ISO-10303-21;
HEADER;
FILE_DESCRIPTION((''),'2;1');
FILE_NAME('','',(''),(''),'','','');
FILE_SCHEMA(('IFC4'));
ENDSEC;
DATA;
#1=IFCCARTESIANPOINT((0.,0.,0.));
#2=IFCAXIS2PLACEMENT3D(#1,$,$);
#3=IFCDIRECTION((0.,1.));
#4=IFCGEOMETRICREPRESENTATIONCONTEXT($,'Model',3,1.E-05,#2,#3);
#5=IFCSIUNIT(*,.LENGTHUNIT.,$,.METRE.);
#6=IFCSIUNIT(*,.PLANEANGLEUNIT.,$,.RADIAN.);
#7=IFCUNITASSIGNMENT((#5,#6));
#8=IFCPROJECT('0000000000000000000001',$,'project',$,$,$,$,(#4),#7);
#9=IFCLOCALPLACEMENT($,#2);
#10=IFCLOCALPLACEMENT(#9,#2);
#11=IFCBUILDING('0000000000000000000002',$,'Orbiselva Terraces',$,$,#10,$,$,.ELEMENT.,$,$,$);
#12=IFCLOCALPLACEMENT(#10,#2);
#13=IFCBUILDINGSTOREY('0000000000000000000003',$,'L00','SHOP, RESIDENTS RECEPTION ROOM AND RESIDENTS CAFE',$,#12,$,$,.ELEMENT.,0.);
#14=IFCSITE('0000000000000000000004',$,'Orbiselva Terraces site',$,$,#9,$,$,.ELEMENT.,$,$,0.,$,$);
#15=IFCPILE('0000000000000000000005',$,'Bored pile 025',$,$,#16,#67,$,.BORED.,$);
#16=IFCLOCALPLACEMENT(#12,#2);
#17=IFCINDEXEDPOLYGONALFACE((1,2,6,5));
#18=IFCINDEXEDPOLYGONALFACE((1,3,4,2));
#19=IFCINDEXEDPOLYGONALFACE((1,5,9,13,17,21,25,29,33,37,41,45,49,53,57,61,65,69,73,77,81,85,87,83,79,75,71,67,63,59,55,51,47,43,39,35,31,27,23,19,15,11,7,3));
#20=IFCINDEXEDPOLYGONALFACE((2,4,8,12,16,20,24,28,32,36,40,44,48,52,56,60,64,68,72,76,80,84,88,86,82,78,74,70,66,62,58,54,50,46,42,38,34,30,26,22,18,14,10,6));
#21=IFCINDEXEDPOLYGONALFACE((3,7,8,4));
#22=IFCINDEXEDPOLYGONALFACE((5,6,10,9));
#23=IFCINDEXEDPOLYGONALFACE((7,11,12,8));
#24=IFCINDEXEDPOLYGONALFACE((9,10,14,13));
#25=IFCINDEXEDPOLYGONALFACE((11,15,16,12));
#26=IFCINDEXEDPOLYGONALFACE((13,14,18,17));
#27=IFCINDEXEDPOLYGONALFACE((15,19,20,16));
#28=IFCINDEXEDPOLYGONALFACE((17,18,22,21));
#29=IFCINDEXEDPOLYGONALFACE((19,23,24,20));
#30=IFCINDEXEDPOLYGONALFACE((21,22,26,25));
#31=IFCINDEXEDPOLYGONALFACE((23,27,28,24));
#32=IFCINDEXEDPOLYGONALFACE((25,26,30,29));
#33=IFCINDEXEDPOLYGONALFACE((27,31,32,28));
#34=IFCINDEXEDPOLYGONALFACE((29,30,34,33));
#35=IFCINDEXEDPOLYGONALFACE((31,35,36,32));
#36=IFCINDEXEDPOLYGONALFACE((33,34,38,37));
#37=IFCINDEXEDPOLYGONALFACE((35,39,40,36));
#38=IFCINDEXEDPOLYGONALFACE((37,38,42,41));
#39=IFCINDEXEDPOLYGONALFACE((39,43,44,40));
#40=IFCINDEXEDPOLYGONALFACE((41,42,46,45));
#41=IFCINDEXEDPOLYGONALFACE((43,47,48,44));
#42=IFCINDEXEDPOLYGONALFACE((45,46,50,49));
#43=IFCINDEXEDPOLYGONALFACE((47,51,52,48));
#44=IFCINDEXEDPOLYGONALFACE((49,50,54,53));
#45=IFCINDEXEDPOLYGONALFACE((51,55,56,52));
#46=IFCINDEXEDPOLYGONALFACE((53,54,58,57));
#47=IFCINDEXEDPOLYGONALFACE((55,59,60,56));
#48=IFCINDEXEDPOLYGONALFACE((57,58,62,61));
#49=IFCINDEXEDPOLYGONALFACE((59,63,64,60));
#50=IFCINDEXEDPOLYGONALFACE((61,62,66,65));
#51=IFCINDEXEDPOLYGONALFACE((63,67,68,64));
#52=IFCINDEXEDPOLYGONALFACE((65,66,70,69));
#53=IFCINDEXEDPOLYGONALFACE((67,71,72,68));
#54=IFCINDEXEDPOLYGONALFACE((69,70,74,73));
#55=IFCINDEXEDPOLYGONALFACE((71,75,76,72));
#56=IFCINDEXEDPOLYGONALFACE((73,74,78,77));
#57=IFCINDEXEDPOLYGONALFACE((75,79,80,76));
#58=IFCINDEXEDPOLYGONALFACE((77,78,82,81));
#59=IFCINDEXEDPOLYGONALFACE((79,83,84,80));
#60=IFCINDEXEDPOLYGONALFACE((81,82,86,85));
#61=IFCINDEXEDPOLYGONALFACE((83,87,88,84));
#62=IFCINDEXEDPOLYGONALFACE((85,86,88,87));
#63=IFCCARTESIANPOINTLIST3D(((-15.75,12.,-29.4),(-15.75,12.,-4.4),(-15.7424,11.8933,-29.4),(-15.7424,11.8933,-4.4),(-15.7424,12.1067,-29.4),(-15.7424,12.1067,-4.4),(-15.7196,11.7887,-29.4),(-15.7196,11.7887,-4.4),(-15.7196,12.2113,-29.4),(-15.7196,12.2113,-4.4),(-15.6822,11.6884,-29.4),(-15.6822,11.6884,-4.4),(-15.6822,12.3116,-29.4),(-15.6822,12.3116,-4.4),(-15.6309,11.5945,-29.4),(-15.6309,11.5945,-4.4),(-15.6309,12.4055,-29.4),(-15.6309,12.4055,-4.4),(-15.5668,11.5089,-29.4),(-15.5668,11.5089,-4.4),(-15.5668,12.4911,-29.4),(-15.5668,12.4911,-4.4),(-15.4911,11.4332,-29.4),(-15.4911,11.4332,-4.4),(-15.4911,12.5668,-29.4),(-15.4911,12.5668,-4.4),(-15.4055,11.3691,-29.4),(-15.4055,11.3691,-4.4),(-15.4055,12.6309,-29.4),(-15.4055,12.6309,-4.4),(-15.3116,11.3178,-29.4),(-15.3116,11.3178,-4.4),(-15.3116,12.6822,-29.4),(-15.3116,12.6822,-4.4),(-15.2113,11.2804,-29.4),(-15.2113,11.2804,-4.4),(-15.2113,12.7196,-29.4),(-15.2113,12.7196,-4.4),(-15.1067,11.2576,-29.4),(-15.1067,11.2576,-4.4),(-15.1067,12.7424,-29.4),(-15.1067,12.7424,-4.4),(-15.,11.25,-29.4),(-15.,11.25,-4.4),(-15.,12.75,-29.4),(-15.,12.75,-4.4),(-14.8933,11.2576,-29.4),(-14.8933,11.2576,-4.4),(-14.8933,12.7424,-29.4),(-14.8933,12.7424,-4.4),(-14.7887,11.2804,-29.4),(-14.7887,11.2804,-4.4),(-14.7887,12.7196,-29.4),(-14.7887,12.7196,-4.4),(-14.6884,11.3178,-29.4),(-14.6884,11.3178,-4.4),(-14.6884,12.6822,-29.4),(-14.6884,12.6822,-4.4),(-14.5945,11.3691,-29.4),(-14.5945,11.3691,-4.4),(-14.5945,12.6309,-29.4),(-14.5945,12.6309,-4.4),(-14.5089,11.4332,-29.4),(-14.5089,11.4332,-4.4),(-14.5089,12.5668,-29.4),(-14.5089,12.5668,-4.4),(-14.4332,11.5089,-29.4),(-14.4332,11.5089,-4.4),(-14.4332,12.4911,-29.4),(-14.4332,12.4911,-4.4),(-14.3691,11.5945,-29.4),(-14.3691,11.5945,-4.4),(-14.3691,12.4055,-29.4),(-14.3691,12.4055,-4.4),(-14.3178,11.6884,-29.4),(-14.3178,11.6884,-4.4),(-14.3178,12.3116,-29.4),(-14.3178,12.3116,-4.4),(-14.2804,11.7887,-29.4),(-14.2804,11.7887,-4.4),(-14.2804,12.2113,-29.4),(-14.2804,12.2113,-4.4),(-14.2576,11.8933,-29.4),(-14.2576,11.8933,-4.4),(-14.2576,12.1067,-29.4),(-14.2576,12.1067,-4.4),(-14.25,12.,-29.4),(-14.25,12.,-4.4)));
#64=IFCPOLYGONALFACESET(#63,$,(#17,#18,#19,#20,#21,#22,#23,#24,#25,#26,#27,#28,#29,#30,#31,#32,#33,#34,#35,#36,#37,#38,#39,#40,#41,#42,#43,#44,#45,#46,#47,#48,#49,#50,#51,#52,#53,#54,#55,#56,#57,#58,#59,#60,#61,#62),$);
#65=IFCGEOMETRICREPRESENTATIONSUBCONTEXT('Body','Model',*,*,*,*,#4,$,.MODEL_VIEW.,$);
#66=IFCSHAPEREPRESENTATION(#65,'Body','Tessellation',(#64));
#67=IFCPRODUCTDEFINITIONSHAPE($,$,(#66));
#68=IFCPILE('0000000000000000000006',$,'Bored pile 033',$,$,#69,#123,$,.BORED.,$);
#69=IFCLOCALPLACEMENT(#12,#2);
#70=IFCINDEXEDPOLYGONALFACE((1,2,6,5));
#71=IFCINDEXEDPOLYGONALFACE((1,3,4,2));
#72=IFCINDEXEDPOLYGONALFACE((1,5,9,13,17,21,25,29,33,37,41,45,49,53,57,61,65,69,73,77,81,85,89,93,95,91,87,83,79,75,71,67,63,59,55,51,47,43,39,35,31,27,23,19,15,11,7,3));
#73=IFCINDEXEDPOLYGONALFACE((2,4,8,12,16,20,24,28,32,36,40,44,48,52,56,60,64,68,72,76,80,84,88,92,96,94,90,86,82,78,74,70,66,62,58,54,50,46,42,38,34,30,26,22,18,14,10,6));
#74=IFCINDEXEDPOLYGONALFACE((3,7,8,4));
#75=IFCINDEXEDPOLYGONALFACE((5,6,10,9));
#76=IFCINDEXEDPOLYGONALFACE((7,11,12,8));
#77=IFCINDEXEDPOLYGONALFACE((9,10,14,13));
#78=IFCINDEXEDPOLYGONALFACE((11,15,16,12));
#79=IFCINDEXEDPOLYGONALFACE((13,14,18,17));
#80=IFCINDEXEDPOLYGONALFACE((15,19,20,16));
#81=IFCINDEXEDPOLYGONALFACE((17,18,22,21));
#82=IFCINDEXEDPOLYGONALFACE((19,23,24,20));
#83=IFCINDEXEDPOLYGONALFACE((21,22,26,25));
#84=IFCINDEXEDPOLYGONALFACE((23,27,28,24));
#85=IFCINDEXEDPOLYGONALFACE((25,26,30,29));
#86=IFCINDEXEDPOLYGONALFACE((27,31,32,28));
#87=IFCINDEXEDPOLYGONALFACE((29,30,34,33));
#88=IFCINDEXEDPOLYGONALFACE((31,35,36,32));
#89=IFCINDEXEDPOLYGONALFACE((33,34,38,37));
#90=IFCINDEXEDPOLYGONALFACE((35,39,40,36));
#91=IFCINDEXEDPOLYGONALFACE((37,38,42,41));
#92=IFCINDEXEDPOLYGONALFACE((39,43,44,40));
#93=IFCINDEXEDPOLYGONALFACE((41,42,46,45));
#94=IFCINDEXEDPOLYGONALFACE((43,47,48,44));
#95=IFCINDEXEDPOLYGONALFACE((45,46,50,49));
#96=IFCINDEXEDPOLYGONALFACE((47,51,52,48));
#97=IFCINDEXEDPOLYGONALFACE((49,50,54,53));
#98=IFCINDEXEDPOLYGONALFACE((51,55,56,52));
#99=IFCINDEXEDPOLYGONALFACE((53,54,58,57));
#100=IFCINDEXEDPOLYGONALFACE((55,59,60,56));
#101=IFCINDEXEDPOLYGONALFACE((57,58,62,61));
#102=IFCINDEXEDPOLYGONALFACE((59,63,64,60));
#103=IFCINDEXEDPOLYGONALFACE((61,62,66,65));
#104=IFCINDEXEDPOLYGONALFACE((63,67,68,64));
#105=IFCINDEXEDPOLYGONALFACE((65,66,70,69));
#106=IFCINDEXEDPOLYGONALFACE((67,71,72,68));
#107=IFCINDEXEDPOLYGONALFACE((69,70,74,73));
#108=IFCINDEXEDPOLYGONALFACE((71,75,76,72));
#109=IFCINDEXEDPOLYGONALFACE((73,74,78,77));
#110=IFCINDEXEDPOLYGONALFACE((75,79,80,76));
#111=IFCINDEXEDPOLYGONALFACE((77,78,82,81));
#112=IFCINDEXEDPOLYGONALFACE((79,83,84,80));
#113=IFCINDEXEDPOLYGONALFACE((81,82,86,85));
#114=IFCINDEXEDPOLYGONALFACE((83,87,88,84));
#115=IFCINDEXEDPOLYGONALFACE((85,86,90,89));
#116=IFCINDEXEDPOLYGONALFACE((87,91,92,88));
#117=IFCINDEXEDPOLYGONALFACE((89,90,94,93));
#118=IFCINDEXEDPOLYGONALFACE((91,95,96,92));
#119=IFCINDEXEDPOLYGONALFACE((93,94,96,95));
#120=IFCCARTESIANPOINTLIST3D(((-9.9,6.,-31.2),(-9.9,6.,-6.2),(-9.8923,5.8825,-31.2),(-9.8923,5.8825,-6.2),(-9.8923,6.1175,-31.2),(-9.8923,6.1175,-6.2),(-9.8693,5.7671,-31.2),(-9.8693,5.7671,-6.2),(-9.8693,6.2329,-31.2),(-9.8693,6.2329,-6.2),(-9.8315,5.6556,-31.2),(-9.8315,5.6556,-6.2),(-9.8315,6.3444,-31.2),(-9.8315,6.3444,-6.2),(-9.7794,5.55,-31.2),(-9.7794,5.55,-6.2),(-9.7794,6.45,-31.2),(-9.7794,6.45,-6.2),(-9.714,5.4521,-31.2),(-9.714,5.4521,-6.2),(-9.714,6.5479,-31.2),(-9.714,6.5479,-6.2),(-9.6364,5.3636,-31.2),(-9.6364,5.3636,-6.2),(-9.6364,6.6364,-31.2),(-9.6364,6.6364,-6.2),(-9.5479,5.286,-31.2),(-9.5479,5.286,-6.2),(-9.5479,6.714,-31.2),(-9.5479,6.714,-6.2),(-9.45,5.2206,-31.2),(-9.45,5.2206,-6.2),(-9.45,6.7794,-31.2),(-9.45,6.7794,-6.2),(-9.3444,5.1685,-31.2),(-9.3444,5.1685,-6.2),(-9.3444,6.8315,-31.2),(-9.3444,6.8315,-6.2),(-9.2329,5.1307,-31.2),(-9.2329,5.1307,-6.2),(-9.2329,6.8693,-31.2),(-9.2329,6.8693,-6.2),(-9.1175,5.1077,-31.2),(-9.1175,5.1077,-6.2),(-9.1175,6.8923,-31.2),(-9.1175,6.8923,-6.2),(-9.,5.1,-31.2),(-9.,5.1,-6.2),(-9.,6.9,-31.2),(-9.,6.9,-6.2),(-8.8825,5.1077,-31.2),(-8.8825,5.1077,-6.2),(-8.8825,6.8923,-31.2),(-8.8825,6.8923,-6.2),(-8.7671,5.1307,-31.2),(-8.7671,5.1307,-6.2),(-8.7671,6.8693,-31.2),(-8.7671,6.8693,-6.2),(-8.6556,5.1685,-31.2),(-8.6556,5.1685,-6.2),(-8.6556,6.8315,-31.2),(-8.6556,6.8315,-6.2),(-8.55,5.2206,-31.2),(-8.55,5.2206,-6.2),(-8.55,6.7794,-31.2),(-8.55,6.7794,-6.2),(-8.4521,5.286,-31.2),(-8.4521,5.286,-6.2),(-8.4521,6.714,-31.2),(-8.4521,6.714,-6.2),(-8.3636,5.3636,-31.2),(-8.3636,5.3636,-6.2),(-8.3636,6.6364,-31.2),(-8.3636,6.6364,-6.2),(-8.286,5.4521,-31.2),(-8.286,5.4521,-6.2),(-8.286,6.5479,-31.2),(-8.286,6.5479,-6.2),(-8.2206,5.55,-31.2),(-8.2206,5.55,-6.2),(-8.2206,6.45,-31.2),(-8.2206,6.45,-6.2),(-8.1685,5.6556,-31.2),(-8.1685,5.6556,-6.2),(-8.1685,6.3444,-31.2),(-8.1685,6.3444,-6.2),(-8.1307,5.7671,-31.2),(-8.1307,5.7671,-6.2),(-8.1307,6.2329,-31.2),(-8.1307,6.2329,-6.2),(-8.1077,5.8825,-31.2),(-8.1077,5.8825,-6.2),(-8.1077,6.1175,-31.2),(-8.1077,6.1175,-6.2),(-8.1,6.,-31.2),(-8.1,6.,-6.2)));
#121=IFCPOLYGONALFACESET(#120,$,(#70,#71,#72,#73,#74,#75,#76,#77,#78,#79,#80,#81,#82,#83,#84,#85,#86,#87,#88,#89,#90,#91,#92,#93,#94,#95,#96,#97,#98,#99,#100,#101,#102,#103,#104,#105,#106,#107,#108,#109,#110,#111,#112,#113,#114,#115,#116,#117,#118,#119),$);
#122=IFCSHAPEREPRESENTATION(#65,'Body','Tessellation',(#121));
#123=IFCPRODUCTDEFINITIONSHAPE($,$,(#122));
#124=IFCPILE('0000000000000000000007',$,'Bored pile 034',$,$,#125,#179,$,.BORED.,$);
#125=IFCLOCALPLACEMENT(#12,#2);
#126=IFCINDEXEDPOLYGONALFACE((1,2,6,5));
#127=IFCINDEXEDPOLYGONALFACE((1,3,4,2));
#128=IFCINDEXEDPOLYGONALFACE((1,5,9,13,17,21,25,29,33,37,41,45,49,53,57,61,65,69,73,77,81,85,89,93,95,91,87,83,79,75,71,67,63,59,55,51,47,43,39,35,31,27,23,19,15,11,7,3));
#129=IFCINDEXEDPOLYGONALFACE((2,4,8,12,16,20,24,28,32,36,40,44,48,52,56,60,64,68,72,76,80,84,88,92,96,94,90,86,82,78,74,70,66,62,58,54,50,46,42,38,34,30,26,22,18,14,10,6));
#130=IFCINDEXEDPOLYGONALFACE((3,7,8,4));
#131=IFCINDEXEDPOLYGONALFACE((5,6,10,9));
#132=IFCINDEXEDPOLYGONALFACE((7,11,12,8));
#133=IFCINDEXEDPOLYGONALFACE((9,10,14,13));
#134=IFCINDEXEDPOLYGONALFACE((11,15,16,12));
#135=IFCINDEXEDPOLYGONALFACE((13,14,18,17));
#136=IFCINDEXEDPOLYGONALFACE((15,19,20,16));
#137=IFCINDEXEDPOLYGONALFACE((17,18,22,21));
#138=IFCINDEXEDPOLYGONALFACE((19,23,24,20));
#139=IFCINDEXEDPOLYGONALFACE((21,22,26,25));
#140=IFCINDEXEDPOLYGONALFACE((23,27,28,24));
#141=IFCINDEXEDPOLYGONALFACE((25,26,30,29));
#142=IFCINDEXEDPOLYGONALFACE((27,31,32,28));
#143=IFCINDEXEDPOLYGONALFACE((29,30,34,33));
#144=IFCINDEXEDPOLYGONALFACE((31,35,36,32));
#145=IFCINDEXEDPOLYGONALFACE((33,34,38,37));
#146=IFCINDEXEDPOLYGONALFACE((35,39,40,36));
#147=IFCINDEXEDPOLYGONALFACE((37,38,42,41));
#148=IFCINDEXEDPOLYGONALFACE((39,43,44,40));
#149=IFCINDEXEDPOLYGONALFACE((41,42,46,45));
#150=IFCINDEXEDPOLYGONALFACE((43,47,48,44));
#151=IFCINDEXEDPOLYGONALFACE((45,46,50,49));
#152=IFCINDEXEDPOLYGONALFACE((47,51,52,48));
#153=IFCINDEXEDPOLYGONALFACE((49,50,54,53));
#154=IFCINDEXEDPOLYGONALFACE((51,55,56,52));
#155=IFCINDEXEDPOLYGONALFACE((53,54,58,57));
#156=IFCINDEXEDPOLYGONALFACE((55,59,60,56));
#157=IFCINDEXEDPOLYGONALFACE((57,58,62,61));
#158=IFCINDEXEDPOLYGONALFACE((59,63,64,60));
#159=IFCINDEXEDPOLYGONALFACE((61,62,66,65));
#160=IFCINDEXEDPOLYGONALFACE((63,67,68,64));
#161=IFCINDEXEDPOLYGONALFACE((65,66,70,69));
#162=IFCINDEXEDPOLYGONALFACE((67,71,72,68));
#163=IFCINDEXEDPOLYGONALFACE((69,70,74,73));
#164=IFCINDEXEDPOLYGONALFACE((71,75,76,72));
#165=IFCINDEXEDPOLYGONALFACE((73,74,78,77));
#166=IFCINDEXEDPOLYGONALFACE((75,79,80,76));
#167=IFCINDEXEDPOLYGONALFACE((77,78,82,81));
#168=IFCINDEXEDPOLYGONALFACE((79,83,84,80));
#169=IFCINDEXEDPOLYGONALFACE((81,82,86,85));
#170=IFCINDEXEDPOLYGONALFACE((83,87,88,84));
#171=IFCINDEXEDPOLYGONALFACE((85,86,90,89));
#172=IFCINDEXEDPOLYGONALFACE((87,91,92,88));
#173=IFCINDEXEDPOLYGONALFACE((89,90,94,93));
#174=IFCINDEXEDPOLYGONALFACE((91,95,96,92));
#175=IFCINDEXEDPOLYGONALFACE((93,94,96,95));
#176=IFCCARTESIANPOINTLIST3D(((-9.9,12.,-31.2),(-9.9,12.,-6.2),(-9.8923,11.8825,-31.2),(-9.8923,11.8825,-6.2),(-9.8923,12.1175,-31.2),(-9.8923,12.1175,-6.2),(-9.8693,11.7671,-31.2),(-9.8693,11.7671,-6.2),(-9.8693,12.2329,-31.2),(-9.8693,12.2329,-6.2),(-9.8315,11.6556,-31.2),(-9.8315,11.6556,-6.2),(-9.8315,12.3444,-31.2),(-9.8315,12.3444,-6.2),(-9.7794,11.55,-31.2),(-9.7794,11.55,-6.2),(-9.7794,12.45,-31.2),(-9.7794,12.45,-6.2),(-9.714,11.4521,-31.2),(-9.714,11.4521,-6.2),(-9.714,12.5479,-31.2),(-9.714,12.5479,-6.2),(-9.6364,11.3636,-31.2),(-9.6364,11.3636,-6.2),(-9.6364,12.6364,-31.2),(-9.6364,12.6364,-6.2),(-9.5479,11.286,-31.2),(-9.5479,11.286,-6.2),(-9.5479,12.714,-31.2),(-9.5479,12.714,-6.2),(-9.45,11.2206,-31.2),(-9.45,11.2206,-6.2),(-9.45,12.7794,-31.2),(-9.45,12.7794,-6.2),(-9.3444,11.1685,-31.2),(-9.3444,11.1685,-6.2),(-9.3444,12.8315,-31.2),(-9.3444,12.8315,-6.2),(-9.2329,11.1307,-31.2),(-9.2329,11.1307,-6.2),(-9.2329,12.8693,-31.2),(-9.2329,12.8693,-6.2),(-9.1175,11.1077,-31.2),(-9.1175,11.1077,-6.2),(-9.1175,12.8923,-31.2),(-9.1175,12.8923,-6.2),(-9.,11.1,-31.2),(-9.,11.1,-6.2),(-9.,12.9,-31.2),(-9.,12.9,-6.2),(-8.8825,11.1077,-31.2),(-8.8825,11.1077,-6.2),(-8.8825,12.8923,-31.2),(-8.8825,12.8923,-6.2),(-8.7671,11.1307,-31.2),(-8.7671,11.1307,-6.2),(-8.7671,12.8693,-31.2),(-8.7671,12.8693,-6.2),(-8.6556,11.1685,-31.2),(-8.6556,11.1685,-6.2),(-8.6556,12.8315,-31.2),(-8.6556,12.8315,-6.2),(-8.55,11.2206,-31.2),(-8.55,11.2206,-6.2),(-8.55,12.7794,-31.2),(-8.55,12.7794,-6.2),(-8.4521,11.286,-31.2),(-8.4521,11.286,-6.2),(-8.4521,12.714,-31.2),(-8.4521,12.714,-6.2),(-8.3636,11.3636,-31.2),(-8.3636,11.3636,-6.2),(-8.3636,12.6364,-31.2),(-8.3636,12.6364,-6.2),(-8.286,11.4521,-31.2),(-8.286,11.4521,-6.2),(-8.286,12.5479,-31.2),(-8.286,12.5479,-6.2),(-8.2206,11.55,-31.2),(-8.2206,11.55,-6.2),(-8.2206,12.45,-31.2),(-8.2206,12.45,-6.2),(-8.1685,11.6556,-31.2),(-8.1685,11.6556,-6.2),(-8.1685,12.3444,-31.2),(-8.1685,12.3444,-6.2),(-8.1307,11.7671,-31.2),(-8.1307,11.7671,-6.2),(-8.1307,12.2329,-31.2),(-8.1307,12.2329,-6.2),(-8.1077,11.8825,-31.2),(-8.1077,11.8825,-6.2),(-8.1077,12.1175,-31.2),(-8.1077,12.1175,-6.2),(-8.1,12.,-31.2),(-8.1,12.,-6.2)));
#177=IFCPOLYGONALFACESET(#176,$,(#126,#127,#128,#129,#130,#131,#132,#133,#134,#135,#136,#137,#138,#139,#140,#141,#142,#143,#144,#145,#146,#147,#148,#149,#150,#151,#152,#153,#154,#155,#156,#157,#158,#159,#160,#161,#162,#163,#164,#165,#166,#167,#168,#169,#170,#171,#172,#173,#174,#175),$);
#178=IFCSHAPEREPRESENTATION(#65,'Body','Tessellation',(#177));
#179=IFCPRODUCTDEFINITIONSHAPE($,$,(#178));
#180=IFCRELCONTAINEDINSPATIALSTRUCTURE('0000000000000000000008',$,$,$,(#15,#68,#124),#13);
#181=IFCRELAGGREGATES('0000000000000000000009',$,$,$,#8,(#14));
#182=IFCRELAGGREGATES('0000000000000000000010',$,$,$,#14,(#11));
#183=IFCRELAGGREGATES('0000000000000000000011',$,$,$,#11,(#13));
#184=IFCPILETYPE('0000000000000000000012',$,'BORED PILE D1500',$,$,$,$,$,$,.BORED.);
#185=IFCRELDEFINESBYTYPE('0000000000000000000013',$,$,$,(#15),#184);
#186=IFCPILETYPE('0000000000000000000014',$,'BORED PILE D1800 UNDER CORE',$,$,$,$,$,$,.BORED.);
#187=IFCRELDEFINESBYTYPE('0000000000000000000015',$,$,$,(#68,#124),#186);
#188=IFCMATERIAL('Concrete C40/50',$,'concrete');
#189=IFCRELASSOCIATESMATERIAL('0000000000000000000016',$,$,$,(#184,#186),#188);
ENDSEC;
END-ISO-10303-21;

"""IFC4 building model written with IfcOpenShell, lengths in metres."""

from ifc_helpers import new_model, si_unit, direction, frame, origin, origin_2d, place, context, subcontext, project, spatial, circle, extrude, material, material_profile, profile_set, type_object, element, save


model = new_model("IFC4")

# Units and contexts
model_context = context("Model", 3, precision=1e-05, world=origin(), true_north=direction((0.0, 1.0)))
body_context = subcontext(model_context, "Body", "Model", "MODEL_VIEW")
ifc_project = project(units=[si_unit("LENGTHUNIT", "METRE"), si_unit("PLANEANGLEUNIT", "RADIAN")], contexts=[model_context])

# Site, building, storey
site_placement = place(None, origin())
site = spatial("IfcSite", under=ifc_project, at=site_placement, Name="Orbiselva Terraces site", CompositionType="ELEMENT", RefElevation=0.0)
building_placement = place(site_placement, origin())
building = spatial("IfcBuilding", under=site, at=building_placement, Name="Orbiselva Terraces", CompositionType="ELEMENT")
storey_placement = place(building_placement, origin())
storey = spatial("IfcBuildingStorey", under=building, at=storey_placement, Name="L00", Description="SHOP, RESIDENTS RECEPTION ROOM AND RESIDENTS CAFE", CompositionType="ELEMENT", Elevation=0.0)

# Piles
ifc_material_1 = material(Name="Concrete C40/50", Category="concrete")
ifc_material_profile_1 = material_profile(ifc_material_1, circle(Radius=0.75, at=origin_2d()), Name="D1500")
ifc_profile_set_1 = profile_set([ifc_material_profile_1], Name="Concrete C40/50")
pile_type_1 = type_object("IfcPileType", Name="BORED PILE D1500", PredefinedType="BORED", material=ifc_profile_set_1)
pile_placement = place(storey_placement, frame((-15.0, 12.0, -4.4), z_axis=(0.0, 0.0, -1.0), x_axis=(1.0, 0.0, 0.0)))
element("IfcPile", 1, at=pile_placement, inside=storey, type_object=pile_type_1, Name="Bored pile 025", PredefinedType="BORED", context=body_context, shape_type="SweptSolid", body=[
    extrude(circle(Radius=0.75, at=origin_2d()), origin(), (0.0, 0.0, 1.0), 25.0),
])
ifc_material_profile_2 = material_profile(ifc_material_1, circle(Radius=0.9, at=origin_2d()), Name="D1800")
ifc_profile_set_2 = profile_set([ifc_material_profile_2], Name="Concrete C40/50")
pile_type_2 = type_object("IfcPileType", Name="BORED PILE D1800 UNDER CORE", PredefinedType="BORED", material=ifc_profile_set_2)
for number, where, z_axis, x_axis, name in (
    (2, (-9.0, 6.0, -6.2), (0.0, 0.0, -1.0), (1.0, 0.0, 0.0), "Bored pile 033"),
    (3, (-9.0, 12.0, -6.2), (0.0, 0.0, -1.0), (1.0, 0.0, 0.0), "Bored pile 034"),
):
    element("IfcPile", number, at=place(storey_placement, frame(where, z_axis=z_axis, x_axis=x_axis)), inside=storey, type_object=pile_type_2, Name=name, PredefinedType="BORED", context=body_context, shape_type="SweptSolid", body=[
        extrude(circle(Radius=0.9, at=origin_2d()), origin(), (0.0, 0.0, 1.0), 25.0),
    ])

save(model, "model.ifc")
